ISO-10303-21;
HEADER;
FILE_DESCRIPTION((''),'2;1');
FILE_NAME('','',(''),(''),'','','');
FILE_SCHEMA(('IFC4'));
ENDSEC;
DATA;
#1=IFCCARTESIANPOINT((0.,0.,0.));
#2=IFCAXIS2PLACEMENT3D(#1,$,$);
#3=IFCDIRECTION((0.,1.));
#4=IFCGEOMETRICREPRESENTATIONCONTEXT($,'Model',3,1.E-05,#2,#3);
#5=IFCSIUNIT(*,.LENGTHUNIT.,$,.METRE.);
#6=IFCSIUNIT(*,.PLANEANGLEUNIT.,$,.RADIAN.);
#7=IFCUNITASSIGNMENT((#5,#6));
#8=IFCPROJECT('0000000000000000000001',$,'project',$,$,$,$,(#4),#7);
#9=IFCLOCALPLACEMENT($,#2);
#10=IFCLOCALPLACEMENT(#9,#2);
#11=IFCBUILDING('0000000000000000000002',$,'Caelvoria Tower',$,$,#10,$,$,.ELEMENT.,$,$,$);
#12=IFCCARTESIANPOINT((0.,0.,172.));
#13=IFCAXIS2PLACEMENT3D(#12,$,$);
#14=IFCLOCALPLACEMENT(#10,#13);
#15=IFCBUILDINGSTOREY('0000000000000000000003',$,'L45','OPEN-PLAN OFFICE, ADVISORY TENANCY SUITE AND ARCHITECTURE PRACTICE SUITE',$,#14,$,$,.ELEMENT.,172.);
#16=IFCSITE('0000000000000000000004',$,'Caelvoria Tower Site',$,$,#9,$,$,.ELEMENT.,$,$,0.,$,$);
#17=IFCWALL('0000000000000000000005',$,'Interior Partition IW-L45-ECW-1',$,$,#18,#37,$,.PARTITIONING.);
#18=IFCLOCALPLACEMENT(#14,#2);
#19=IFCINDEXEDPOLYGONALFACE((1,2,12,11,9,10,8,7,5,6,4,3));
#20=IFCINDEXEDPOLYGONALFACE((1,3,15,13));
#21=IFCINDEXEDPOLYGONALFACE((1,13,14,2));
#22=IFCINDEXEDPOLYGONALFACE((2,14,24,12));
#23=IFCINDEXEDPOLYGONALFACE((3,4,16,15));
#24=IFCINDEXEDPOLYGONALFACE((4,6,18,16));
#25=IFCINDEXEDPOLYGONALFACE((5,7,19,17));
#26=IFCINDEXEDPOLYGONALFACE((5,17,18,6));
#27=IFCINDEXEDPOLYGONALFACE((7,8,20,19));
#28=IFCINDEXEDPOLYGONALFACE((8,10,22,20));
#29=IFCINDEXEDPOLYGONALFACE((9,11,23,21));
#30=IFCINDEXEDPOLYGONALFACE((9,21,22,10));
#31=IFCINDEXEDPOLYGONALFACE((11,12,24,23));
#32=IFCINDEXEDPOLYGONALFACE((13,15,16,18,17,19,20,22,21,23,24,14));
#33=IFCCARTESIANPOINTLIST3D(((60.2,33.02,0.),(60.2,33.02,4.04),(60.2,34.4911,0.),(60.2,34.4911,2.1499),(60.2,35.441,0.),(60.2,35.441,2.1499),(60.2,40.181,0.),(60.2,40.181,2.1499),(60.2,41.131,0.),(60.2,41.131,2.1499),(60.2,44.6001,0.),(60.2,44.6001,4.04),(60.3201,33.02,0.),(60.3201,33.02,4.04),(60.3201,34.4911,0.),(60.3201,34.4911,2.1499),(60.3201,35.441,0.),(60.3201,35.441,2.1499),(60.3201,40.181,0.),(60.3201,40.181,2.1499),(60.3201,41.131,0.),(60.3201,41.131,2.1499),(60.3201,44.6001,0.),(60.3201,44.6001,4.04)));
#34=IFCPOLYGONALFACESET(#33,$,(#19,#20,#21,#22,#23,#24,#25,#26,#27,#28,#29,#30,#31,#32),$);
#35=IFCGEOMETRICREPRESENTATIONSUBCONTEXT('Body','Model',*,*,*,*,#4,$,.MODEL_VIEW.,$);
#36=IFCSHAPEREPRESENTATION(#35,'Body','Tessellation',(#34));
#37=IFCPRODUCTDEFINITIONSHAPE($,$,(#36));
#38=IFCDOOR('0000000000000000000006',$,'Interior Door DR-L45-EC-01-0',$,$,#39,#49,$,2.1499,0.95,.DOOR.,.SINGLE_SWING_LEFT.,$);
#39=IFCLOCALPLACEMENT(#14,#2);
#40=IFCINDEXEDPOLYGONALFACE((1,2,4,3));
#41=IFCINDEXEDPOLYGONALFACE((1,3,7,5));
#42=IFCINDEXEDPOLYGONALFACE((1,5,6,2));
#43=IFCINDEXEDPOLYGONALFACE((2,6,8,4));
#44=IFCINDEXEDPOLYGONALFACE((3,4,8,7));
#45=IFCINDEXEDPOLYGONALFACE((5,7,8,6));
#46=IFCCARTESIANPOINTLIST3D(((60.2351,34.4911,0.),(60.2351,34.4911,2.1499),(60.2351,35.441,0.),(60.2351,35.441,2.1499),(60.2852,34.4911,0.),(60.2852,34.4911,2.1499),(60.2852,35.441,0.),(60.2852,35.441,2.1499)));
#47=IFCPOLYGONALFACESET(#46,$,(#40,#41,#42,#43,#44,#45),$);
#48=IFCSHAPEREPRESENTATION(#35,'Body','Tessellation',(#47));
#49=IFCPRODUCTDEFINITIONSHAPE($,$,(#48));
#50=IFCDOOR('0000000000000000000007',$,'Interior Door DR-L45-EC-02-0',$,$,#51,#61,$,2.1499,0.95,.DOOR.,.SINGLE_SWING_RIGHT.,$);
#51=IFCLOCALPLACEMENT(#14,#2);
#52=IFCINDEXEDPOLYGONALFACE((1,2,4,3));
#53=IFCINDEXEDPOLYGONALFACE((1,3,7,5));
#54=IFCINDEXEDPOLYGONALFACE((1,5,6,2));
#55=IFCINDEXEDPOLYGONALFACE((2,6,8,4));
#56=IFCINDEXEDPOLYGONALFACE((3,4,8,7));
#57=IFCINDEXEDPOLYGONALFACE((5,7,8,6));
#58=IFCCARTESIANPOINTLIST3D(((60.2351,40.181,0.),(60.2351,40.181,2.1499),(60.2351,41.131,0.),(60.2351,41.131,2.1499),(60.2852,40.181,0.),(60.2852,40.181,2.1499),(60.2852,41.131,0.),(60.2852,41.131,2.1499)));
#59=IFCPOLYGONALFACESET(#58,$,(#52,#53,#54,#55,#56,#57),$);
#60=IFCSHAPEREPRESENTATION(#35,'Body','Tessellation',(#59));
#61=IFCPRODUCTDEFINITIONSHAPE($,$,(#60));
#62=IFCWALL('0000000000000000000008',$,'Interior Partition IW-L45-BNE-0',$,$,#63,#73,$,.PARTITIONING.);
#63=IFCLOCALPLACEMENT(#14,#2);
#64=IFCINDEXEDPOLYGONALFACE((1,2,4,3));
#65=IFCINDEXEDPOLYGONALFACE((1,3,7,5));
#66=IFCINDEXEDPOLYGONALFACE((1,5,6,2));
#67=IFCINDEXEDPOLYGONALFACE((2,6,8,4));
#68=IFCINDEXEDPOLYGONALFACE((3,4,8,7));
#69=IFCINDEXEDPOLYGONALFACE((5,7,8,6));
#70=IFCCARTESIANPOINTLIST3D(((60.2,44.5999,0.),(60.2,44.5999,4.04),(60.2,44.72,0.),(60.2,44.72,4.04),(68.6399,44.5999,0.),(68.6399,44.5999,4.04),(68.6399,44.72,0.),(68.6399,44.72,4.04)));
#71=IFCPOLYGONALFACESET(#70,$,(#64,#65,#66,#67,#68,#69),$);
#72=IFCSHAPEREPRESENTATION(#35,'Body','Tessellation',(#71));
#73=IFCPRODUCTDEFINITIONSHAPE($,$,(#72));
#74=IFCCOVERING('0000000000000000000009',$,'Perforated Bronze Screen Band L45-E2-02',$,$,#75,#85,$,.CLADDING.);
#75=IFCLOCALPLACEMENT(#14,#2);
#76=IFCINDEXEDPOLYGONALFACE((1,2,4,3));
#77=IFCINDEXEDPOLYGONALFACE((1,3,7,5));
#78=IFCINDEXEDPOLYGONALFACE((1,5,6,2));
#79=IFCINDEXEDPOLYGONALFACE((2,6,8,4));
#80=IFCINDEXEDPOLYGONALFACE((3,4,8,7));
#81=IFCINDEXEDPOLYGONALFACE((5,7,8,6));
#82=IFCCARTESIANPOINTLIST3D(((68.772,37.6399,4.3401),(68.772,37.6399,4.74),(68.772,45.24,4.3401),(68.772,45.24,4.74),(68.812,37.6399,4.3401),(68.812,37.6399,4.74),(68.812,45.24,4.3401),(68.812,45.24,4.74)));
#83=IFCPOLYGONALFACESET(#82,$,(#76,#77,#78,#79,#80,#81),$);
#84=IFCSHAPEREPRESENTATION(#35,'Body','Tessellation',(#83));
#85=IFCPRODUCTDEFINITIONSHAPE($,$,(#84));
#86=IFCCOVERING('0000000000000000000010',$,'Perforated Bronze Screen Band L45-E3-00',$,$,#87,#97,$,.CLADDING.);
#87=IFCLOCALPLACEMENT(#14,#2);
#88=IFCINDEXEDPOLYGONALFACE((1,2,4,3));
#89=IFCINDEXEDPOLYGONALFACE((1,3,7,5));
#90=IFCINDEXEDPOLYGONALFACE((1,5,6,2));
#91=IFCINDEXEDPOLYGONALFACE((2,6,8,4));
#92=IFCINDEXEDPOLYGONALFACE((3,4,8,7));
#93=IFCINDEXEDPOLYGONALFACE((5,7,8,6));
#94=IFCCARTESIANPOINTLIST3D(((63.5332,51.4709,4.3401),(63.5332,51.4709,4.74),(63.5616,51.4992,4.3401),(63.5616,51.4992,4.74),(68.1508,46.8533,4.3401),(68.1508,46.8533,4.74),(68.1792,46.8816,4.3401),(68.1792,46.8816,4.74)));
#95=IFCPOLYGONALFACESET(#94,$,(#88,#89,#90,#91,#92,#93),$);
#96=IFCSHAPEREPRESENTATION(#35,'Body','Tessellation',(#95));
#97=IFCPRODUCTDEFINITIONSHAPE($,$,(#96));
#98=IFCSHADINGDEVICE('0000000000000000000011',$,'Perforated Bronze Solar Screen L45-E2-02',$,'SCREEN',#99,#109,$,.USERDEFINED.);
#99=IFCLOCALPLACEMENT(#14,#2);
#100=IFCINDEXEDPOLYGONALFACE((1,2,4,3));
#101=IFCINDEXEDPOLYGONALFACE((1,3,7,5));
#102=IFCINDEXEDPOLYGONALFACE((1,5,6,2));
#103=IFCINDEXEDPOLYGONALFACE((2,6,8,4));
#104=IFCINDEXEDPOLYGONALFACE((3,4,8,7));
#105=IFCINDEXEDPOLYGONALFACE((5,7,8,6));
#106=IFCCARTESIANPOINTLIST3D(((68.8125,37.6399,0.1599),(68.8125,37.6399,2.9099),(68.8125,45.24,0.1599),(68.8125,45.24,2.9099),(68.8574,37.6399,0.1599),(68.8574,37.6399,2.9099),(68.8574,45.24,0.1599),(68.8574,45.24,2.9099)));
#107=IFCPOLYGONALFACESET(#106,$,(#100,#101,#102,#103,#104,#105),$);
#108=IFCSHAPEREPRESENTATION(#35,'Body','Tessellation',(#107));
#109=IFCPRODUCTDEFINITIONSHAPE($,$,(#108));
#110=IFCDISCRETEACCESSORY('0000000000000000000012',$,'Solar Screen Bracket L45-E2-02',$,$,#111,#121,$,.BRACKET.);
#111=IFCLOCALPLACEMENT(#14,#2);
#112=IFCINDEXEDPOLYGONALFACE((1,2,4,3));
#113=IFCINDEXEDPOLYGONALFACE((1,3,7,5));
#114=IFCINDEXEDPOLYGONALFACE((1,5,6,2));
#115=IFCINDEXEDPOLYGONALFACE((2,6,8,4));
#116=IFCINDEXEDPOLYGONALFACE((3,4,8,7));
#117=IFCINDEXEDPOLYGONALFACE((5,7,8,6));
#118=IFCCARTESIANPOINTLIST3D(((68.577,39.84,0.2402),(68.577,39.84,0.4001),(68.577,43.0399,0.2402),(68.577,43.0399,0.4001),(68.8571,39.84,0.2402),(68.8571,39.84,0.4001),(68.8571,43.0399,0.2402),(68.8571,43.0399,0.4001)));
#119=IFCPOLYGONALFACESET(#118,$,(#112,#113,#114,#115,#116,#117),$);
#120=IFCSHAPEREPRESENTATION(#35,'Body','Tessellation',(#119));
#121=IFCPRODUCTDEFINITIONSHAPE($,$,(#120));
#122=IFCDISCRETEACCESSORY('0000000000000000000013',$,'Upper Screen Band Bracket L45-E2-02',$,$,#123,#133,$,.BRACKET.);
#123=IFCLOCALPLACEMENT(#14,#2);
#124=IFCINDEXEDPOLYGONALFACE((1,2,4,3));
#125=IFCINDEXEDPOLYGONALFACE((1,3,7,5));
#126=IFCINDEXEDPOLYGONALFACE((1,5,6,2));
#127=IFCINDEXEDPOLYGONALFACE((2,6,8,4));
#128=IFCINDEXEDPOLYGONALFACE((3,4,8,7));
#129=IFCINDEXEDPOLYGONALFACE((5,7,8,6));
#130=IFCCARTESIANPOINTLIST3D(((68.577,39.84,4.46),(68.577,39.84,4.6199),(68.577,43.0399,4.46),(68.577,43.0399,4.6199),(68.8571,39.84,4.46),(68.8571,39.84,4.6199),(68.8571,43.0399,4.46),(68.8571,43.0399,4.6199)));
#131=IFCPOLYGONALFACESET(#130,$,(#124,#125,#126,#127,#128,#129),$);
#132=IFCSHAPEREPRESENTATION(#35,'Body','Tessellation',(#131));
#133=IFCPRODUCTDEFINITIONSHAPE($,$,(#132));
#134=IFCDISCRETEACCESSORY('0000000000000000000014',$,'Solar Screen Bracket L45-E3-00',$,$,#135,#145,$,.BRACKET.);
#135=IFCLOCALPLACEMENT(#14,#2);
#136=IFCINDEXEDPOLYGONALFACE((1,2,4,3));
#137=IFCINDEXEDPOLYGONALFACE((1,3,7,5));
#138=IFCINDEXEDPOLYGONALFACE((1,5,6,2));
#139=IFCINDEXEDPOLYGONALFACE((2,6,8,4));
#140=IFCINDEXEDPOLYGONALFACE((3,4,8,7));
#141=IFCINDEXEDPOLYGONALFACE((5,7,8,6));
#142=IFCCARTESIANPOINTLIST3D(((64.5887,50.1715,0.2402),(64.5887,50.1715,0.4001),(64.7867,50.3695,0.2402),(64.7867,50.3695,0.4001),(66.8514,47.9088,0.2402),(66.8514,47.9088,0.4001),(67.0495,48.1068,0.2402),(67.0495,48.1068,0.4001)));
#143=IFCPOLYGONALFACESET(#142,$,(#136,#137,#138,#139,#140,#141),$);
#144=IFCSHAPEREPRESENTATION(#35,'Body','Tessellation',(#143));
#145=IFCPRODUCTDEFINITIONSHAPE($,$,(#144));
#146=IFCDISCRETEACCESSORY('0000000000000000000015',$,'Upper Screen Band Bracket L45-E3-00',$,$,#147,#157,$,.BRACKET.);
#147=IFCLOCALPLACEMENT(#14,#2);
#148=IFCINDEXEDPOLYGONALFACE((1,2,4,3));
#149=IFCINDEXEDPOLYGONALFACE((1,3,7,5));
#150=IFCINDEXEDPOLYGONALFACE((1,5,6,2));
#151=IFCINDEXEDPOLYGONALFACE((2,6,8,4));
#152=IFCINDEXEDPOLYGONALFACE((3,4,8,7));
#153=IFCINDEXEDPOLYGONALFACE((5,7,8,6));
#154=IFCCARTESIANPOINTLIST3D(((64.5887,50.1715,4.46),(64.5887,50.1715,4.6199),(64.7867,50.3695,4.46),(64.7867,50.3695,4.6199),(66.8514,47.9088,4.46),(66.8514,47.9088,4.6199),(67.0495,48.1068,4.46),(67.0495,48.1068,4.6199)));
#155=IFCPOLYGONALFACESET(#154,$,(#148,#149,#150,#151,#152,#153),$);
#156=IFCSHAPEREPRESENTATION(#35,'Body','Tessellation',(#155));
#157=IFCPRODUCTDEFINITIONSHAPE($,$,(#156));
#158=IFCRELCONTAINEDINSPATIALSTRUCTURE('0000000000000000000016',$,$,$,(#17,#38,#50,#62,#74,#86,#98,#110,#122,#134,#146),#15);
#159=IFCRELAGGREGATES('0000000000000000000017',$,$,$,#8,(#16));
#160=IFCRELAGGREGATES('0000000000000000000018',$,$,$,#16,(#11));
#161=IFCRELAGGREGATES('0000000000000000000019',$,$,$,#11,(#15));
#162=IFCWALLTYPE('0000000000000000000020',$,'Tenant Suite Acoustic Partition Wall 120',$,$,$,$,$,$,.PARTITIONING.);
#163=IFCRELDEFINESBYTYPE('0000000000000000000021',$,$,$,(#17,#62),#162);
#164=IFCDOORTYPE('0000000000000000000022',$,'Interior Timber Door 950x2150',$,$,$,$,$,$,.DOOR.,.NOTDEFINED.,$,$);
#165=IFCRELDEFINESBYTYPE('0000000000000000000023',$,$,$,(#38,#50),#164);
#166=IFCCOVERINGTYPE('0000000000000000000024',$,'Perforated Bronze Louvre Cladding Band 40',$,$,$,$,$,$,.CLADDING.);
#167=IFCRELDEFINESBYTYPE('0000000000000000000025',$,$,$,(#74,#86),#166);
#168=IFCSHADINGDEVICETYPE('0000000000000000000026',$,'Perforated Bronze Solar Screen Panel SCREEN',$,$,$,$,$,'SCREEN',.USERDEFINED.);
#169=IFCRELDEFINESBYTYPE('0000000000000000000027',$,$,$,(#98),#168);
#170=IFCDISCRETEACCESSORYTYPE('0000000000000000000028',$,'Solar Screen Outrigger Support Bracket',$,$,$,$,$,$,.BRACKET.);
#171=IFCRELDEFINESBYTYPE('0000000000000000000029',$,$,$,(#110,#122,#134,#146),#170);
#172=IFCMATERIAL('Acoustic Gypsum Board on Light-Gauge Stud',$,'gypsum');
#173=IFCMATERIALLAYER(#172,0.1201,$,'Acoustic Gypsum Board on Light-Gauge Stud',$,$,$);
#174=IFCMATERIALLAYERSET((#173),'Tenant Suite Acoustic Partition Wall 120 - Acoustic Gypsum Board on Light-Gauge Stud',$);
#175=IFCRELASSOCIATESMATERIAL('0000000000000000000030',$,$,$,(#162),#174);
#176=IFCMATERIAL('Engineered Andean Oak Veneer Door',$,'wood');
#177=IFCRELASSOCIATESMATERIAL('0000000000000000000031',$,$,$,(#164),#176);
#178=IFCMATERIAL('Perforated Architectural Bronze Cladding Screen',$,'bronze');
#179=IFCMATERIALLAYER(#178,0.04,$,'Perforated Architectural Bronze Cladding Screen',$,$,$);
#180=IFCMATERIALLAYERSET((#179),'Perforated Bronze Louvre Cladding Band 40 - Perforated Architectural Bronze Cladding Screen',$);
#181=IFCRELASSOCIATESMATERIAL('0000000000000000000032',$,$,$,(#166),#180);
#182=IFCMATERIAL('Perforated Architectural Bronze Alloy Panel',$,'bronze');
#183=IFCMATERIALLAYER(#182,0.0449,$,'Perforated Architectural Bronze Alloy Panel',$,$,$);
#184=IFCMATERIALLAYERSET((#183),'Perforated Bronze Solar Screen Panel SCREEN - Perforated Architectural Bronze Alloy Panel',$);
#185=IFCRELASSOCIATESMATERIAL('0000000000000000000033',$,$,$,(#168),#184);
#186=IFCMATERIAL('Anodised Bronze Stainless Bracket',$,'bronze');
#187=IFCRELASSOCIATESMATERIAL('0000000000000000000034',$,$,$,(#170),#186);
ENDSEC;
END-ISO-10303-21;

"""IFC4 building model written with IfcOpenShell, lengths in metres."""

from ifc_helpers import new_model, si_unit, direction, frame, frame_2d, origin, origin_2d, place, context, subcontext, project, spatial, rectangle, extrude, material, layer, layer_set, type_object, element, fill, save


model = new_model("IFC4")

# Units and contexts
model_context = context("Model", 3, precision=1e-05, world=origin(), true_north=direction((0.0, 1.0)))
body_context = subcontext(model_context, "Body", "Model", "MODEL_VIEW")
ifc_project = project(units=[si_unit("LENGTHUNIT", "METRE"), si_unit("PLANEANGLEUNIT", "RADIAN")], contexts=[model_context])

# Site, building, storey
site_placement = place(None, origin())
site = spatial("IfcSite", under=ifc_project, at=site_placement, Name="Caelvoria Tower Site", CompositionType="ELEMENT", RefElevation=0.0)
building_placement = place(site_placement, origin())
building = spatial("IfcBuilding", under=site, at=building_placement, Name="Caelvoria Tower", CompositionType="ELEMENT")
storey_placement = place(building_placement, frame((0.0, 0.0, 172.0)))
storey = spatial("IfcBuildingStorey", under=building, at=storey_placement, Name="L45", Description="OPEN-PLAN OFFICE, ADVISORY TENANCY SUITE AND ARCHITECTURE PRACTICE SUITE", CompositionType="ELEMENT", Elevation=172.0)

# Shared definitions
ifc_material_1 = material(Name="Acoustic Gypsum Board on Light-Gauge Stud", Category="gypsum")
ifc_layer_1 = layer(ifc_material_1, 0.1201, Name="Acoustic Gypsum Board on Light-Gauge Stud")
ifc_layer_set_1 = layer_set([ifc_layer_1], Name="Tenant Suite Acoustic Partition Wall 120 - Acoustic Gypsum Board on Light-Gauge Stud")
wall_type_1 = type_object("IfcWallType", Name="Tenant Suite Acoustic Partition Wall 120", PredefinedType="PARTITIONING", material=ifc_layer_set_1)
ifc_material_2 = material(Name="Engineered Andean Oak Veneer Door", Category="wood")

# Wall, openings, doors
wall_1_placement = place(storey_placement, frame((60.26, 33.02, 0.0), z_axis=(0.0, 0.0, 1.0), x_axis=(0.0, 1.0, 0.0)))
wall_1 = element("IfcWall", 1, at=wall_1_placement, inside=storey, type_object=wall_type_1, Name="Interior Partition IW-L45-ECW-1", PredefinedType="PARTITIONING", context=body_context, shape_type="SweptSolid", body=[
    extrude(rectangle(XDim=11.5801, YDim=0.1201, at=frame_2d((5.79, 0.0))), origin(), (0.0, 0.0, 1.0), 4.04),
])
opening_1_placement = place(wall_1_placement, frame((1.4709, 0.0, 0.0)))
opening_1 = element("IfcOpeningElement", 2, at=opening_1_placement, cuts=wall_1, PredefinedType="OPENING", context=body_context, shape_type="SweptSolid", body=[
    extrude(rectangle(XDim=0.95, YDim=2.1499, at=frame_2d((0.4751, 1.075))), frame((0.0, 0.0701, 0.0), z_axis=(0.0, -1.0, 0.0), x_axis=(1.0, 0.0, 0.0)), (0.0, 0.0, 1.0), 0.1401),
])
opening_2_placement = place(wall_1_placement, frame((7.1609, 0.0, 0.0)))
opening_2 = element("IfcOpeningElement", 3, at=opening_2_placement, cuts=wall_1, PredefinedType="OPENING", context=body_context, shape_type="SweptSolid", body=[
    extrude(rectangle(XDim=0.95, YDim=2.1499, at=frame_2d((0.4751, 1.075))), frame((0.0, 0.0701, 0.0), z_axis=(0.0, -1.0, 0.0), x_axis=(1.0, 0.0, 0.0)), (0.0, 0.0, 1.0), 0.1401),
])
door_type_1 = type_object("IfcDoorType", Name="Interior Timber Door 950x2150", OperationType="NOTDEFINED", PredefinedType="DOOR", material=ifc_material_2)
door_1_placement = place(opening_1_placement, origin())
door_1 = element("IfcDoor", 4, at=door_1_placement, inside=storey, type_object=door_type_1, Name="Interior Door DR-L45-EC-01-0", OperationType="SINGLE_SWING_LEFT", OverallHeight=2.1499, OverallWidth=0.95, PredefinedType="DOOR", context=body_context, shape_type="SweptSolid", body=[
    extrude(rectangle(XDim=0.95, YDim=2.1499, at=frame_2d((0.4751, 1.075))), frame((0.0, 0.0249, 0.0), z_axis=(0.0, -1.0, 0.0), x_axis=(1.0, 0.0, 0.0)), (0.0, 0.0, 1.0), 0.05),
])
fill(opening_1, door_1)
door_2_placement = place(opening_2_placement, origin())
door_2 = element("IfcDoor", 5, at=door_2_placement, inside=storey, type_object=door_type_1, Name="Interior Door DR-L45-EC-02-0", OperationType="SINGLE_SWING_RIGHT", OverallHeight=2.1499, OverallWidth=0.95, PredefinedType="DOOR", context=body_context, shape_type="SweptSolid", body=[
    extrude(rectangle(XDim=0.95, YDim=2.1499, at=frame_2d((0.4751, 1.075))), frame((0.0, 0.0249, 0.0), z_axis=(0.0, -1.0, 0.0), x_axis=(1.0, 0.0, 0.0)), (0.0, 0.0, 1.0), 0.05),
])
fill(opening_2, door_2)

# Wall
wall_2_placement = place(storey_placement, frame((60.2, 44.6599, 0.0), z_axis=(0.0, 0.0, 1.0), x_axis=(1.0, 0.0, 0.0)))
element("IfcWall", 6, at=wall_2_placement, inside=storey, type_object=wall_type_1, Name="Interior Partition IW-L45-BNE-0", PredefinedType="PARTITIONING", context=body_context, shape_type="SweptSolid", body=[
    extrude(rectangle(XDim=8.4399, YDim=0.1201, at=frame_2d((4.22, 0.0))), origin(), (0.0, 0.0, 1.0), 4.04),
])

# Coverings
ifc_material_3 = material(Name="Perforated Architectural Bronze Cladding Screen", Category="bronze")
ifc_layer_2 = layer(ifc_material_3, 0.04, Name="Perforated Architectural Bronze Cladding Screen")
ifc_layer_set_2 = layer_set([ifc_layer_2], Name="Perforated Bronze Louvre Cladding Band 40 - Perforated Architectural Bronze Cladding Screen")
covering_type = type_object("IfcCoveringType", Name="Perforated Bronze Louvre Cladding Band 40", PredefinedType="CLADDING", material=ifc_layer_set_2)
covering_1_placement = place(storey_placement, frame((68.792, 41.4399, 4.3401), z_axis=(0.0, 0.0, 1.0), x_axis=(0.0, 1.0, 0.0)))
element("IfcCovering", 7, at=covering_1_placement, inside=storey, type_object=covering_type, Name="Perforated Bronze Screen Band L45-E2-02", PredefinedType="CLADDING", context=body_context, shape_type="SweptSolid", body=[
    extrude(rectangle(XDim=7.6001, YDim=0.04, at=origin_2d()), origin(), (0.0, 0.0, 1.0), 0.3999),
])
covering_2_placement = place(storey_placement, frame((65.8562, 49.1763, 4.3401), z_axis=(0.0, 0.0, 1.0), x_axis=(-0.707107, 0.707107, 0.0)))
element("IfcCovering", 8, at=covering_2_placement, inside=storey, type_object=covering_type, Name="Perforated Bronze Screen Band L45-E3-00", PredefinedType="CLADDING", context=body_context, shape_type="SweptSolid", body=[
    extrude(rectangle(XDim=6.5303, YDim=0.04, at=origin_2d()), origin(), (0.0, 0.0, 1.0), 0.3999),
])

# Shading device
ifc_material_4 = material(Name="Perforated Architectural Bronze Alloy Panel", Category="bronze")
ifc_layer_3 = layer(ifc_material_4, 0.0449, Name="Perforated Architectural Bronze Alloy Panel")
ifc_layer_set_3 = layer_set([ifc_layer_3], Name="Perforated Bronze Solar Screen Panel SCREEN - Perforated Architectural Bronze Alloy Panel")
shading_device_type = type_object("IfcShadingDeviceType", Name="Perforated Bronze Solar Screen Panel SCREEN", ElementType="SCREEN", PredefinedType="USERDEFINED", material=ifc_layer_set_3)
shading_device_placement = place(storey_placement, frame((68.835, 41.4399, 0.1599), z_axis=(0.0, 0.0, 1.0), x_axis=(0.0, 1.0, 0.0)))
element("IfcShadingDevice", 9, at=shading_device_placement, inside=storey, type_object=shading_device_type, Name="Perforated Bronze Solar Screen L45-E2-02", ObjectType="SCREEN", PredefinedType="USERDEFINED", context=body_context, shape_type="SweptSolid", body=[
    extrude(rectangle(XDim=7.6001, YDim=0.0449, at=origin_2d()), origin(), (0.0, 0.0, 1.0), 2.75),
])

# Discrete accessories
ifc_material_5 = material(Name="Anodised Bronze Stainless Bracket", Category="bronze")
discrete_accessory_type = type_object("IfcDiscreteAccessoryType", Name="Solar Screen Outrigger Support Bracket", PredefinedType="BRACKET", material=ifc_material_5)
for number, where, z_axis, x_axis, name in (
    (10, (68.717, 41.4399, 0.2402), (0.0, 0.0, 1.0), (0.0, 1.0, 0.0), "Solar Screen Bracket L45-E2-02"),
    (11, (68.717, 41.4399, 4.46), (0.0, 0.0, 1.0), (0.0, 1.0, 0.0), "Upper Screen Band Bracket L45-E2-02"),
    (12, (65.8191, 49.1392, 0.2402), (0.0, 0.0, 1.0), (-0.707107, 0.707107, 0.0), "Solar Screen Bracket L45-E3-00"),
    (13, (65.8191, 49.1392, 4.46), (0.0, 0.0, 1.0), (-0.707107, 0.707107, 0.0), "Upper Screen Band Bracket L45-E3-00"),
):
    element("IfcDiscreteAccessory", number, at=place(storey_placement, frame(where, z_axis=z_axis, x_axis=x_axis)), inside=storey, type_object=discrete_accessory_type, Name=name, PredefinedType="BRACKET", context=body_context, shape_type="SweptSolid", body=[
        extrude(rectangle(XDim=3.2, YDim=0.28, at=origin_2d()), origin(), (0.0, 0.0, 1.0), 0.1599),
    ])

save(model, "model.ifc")
